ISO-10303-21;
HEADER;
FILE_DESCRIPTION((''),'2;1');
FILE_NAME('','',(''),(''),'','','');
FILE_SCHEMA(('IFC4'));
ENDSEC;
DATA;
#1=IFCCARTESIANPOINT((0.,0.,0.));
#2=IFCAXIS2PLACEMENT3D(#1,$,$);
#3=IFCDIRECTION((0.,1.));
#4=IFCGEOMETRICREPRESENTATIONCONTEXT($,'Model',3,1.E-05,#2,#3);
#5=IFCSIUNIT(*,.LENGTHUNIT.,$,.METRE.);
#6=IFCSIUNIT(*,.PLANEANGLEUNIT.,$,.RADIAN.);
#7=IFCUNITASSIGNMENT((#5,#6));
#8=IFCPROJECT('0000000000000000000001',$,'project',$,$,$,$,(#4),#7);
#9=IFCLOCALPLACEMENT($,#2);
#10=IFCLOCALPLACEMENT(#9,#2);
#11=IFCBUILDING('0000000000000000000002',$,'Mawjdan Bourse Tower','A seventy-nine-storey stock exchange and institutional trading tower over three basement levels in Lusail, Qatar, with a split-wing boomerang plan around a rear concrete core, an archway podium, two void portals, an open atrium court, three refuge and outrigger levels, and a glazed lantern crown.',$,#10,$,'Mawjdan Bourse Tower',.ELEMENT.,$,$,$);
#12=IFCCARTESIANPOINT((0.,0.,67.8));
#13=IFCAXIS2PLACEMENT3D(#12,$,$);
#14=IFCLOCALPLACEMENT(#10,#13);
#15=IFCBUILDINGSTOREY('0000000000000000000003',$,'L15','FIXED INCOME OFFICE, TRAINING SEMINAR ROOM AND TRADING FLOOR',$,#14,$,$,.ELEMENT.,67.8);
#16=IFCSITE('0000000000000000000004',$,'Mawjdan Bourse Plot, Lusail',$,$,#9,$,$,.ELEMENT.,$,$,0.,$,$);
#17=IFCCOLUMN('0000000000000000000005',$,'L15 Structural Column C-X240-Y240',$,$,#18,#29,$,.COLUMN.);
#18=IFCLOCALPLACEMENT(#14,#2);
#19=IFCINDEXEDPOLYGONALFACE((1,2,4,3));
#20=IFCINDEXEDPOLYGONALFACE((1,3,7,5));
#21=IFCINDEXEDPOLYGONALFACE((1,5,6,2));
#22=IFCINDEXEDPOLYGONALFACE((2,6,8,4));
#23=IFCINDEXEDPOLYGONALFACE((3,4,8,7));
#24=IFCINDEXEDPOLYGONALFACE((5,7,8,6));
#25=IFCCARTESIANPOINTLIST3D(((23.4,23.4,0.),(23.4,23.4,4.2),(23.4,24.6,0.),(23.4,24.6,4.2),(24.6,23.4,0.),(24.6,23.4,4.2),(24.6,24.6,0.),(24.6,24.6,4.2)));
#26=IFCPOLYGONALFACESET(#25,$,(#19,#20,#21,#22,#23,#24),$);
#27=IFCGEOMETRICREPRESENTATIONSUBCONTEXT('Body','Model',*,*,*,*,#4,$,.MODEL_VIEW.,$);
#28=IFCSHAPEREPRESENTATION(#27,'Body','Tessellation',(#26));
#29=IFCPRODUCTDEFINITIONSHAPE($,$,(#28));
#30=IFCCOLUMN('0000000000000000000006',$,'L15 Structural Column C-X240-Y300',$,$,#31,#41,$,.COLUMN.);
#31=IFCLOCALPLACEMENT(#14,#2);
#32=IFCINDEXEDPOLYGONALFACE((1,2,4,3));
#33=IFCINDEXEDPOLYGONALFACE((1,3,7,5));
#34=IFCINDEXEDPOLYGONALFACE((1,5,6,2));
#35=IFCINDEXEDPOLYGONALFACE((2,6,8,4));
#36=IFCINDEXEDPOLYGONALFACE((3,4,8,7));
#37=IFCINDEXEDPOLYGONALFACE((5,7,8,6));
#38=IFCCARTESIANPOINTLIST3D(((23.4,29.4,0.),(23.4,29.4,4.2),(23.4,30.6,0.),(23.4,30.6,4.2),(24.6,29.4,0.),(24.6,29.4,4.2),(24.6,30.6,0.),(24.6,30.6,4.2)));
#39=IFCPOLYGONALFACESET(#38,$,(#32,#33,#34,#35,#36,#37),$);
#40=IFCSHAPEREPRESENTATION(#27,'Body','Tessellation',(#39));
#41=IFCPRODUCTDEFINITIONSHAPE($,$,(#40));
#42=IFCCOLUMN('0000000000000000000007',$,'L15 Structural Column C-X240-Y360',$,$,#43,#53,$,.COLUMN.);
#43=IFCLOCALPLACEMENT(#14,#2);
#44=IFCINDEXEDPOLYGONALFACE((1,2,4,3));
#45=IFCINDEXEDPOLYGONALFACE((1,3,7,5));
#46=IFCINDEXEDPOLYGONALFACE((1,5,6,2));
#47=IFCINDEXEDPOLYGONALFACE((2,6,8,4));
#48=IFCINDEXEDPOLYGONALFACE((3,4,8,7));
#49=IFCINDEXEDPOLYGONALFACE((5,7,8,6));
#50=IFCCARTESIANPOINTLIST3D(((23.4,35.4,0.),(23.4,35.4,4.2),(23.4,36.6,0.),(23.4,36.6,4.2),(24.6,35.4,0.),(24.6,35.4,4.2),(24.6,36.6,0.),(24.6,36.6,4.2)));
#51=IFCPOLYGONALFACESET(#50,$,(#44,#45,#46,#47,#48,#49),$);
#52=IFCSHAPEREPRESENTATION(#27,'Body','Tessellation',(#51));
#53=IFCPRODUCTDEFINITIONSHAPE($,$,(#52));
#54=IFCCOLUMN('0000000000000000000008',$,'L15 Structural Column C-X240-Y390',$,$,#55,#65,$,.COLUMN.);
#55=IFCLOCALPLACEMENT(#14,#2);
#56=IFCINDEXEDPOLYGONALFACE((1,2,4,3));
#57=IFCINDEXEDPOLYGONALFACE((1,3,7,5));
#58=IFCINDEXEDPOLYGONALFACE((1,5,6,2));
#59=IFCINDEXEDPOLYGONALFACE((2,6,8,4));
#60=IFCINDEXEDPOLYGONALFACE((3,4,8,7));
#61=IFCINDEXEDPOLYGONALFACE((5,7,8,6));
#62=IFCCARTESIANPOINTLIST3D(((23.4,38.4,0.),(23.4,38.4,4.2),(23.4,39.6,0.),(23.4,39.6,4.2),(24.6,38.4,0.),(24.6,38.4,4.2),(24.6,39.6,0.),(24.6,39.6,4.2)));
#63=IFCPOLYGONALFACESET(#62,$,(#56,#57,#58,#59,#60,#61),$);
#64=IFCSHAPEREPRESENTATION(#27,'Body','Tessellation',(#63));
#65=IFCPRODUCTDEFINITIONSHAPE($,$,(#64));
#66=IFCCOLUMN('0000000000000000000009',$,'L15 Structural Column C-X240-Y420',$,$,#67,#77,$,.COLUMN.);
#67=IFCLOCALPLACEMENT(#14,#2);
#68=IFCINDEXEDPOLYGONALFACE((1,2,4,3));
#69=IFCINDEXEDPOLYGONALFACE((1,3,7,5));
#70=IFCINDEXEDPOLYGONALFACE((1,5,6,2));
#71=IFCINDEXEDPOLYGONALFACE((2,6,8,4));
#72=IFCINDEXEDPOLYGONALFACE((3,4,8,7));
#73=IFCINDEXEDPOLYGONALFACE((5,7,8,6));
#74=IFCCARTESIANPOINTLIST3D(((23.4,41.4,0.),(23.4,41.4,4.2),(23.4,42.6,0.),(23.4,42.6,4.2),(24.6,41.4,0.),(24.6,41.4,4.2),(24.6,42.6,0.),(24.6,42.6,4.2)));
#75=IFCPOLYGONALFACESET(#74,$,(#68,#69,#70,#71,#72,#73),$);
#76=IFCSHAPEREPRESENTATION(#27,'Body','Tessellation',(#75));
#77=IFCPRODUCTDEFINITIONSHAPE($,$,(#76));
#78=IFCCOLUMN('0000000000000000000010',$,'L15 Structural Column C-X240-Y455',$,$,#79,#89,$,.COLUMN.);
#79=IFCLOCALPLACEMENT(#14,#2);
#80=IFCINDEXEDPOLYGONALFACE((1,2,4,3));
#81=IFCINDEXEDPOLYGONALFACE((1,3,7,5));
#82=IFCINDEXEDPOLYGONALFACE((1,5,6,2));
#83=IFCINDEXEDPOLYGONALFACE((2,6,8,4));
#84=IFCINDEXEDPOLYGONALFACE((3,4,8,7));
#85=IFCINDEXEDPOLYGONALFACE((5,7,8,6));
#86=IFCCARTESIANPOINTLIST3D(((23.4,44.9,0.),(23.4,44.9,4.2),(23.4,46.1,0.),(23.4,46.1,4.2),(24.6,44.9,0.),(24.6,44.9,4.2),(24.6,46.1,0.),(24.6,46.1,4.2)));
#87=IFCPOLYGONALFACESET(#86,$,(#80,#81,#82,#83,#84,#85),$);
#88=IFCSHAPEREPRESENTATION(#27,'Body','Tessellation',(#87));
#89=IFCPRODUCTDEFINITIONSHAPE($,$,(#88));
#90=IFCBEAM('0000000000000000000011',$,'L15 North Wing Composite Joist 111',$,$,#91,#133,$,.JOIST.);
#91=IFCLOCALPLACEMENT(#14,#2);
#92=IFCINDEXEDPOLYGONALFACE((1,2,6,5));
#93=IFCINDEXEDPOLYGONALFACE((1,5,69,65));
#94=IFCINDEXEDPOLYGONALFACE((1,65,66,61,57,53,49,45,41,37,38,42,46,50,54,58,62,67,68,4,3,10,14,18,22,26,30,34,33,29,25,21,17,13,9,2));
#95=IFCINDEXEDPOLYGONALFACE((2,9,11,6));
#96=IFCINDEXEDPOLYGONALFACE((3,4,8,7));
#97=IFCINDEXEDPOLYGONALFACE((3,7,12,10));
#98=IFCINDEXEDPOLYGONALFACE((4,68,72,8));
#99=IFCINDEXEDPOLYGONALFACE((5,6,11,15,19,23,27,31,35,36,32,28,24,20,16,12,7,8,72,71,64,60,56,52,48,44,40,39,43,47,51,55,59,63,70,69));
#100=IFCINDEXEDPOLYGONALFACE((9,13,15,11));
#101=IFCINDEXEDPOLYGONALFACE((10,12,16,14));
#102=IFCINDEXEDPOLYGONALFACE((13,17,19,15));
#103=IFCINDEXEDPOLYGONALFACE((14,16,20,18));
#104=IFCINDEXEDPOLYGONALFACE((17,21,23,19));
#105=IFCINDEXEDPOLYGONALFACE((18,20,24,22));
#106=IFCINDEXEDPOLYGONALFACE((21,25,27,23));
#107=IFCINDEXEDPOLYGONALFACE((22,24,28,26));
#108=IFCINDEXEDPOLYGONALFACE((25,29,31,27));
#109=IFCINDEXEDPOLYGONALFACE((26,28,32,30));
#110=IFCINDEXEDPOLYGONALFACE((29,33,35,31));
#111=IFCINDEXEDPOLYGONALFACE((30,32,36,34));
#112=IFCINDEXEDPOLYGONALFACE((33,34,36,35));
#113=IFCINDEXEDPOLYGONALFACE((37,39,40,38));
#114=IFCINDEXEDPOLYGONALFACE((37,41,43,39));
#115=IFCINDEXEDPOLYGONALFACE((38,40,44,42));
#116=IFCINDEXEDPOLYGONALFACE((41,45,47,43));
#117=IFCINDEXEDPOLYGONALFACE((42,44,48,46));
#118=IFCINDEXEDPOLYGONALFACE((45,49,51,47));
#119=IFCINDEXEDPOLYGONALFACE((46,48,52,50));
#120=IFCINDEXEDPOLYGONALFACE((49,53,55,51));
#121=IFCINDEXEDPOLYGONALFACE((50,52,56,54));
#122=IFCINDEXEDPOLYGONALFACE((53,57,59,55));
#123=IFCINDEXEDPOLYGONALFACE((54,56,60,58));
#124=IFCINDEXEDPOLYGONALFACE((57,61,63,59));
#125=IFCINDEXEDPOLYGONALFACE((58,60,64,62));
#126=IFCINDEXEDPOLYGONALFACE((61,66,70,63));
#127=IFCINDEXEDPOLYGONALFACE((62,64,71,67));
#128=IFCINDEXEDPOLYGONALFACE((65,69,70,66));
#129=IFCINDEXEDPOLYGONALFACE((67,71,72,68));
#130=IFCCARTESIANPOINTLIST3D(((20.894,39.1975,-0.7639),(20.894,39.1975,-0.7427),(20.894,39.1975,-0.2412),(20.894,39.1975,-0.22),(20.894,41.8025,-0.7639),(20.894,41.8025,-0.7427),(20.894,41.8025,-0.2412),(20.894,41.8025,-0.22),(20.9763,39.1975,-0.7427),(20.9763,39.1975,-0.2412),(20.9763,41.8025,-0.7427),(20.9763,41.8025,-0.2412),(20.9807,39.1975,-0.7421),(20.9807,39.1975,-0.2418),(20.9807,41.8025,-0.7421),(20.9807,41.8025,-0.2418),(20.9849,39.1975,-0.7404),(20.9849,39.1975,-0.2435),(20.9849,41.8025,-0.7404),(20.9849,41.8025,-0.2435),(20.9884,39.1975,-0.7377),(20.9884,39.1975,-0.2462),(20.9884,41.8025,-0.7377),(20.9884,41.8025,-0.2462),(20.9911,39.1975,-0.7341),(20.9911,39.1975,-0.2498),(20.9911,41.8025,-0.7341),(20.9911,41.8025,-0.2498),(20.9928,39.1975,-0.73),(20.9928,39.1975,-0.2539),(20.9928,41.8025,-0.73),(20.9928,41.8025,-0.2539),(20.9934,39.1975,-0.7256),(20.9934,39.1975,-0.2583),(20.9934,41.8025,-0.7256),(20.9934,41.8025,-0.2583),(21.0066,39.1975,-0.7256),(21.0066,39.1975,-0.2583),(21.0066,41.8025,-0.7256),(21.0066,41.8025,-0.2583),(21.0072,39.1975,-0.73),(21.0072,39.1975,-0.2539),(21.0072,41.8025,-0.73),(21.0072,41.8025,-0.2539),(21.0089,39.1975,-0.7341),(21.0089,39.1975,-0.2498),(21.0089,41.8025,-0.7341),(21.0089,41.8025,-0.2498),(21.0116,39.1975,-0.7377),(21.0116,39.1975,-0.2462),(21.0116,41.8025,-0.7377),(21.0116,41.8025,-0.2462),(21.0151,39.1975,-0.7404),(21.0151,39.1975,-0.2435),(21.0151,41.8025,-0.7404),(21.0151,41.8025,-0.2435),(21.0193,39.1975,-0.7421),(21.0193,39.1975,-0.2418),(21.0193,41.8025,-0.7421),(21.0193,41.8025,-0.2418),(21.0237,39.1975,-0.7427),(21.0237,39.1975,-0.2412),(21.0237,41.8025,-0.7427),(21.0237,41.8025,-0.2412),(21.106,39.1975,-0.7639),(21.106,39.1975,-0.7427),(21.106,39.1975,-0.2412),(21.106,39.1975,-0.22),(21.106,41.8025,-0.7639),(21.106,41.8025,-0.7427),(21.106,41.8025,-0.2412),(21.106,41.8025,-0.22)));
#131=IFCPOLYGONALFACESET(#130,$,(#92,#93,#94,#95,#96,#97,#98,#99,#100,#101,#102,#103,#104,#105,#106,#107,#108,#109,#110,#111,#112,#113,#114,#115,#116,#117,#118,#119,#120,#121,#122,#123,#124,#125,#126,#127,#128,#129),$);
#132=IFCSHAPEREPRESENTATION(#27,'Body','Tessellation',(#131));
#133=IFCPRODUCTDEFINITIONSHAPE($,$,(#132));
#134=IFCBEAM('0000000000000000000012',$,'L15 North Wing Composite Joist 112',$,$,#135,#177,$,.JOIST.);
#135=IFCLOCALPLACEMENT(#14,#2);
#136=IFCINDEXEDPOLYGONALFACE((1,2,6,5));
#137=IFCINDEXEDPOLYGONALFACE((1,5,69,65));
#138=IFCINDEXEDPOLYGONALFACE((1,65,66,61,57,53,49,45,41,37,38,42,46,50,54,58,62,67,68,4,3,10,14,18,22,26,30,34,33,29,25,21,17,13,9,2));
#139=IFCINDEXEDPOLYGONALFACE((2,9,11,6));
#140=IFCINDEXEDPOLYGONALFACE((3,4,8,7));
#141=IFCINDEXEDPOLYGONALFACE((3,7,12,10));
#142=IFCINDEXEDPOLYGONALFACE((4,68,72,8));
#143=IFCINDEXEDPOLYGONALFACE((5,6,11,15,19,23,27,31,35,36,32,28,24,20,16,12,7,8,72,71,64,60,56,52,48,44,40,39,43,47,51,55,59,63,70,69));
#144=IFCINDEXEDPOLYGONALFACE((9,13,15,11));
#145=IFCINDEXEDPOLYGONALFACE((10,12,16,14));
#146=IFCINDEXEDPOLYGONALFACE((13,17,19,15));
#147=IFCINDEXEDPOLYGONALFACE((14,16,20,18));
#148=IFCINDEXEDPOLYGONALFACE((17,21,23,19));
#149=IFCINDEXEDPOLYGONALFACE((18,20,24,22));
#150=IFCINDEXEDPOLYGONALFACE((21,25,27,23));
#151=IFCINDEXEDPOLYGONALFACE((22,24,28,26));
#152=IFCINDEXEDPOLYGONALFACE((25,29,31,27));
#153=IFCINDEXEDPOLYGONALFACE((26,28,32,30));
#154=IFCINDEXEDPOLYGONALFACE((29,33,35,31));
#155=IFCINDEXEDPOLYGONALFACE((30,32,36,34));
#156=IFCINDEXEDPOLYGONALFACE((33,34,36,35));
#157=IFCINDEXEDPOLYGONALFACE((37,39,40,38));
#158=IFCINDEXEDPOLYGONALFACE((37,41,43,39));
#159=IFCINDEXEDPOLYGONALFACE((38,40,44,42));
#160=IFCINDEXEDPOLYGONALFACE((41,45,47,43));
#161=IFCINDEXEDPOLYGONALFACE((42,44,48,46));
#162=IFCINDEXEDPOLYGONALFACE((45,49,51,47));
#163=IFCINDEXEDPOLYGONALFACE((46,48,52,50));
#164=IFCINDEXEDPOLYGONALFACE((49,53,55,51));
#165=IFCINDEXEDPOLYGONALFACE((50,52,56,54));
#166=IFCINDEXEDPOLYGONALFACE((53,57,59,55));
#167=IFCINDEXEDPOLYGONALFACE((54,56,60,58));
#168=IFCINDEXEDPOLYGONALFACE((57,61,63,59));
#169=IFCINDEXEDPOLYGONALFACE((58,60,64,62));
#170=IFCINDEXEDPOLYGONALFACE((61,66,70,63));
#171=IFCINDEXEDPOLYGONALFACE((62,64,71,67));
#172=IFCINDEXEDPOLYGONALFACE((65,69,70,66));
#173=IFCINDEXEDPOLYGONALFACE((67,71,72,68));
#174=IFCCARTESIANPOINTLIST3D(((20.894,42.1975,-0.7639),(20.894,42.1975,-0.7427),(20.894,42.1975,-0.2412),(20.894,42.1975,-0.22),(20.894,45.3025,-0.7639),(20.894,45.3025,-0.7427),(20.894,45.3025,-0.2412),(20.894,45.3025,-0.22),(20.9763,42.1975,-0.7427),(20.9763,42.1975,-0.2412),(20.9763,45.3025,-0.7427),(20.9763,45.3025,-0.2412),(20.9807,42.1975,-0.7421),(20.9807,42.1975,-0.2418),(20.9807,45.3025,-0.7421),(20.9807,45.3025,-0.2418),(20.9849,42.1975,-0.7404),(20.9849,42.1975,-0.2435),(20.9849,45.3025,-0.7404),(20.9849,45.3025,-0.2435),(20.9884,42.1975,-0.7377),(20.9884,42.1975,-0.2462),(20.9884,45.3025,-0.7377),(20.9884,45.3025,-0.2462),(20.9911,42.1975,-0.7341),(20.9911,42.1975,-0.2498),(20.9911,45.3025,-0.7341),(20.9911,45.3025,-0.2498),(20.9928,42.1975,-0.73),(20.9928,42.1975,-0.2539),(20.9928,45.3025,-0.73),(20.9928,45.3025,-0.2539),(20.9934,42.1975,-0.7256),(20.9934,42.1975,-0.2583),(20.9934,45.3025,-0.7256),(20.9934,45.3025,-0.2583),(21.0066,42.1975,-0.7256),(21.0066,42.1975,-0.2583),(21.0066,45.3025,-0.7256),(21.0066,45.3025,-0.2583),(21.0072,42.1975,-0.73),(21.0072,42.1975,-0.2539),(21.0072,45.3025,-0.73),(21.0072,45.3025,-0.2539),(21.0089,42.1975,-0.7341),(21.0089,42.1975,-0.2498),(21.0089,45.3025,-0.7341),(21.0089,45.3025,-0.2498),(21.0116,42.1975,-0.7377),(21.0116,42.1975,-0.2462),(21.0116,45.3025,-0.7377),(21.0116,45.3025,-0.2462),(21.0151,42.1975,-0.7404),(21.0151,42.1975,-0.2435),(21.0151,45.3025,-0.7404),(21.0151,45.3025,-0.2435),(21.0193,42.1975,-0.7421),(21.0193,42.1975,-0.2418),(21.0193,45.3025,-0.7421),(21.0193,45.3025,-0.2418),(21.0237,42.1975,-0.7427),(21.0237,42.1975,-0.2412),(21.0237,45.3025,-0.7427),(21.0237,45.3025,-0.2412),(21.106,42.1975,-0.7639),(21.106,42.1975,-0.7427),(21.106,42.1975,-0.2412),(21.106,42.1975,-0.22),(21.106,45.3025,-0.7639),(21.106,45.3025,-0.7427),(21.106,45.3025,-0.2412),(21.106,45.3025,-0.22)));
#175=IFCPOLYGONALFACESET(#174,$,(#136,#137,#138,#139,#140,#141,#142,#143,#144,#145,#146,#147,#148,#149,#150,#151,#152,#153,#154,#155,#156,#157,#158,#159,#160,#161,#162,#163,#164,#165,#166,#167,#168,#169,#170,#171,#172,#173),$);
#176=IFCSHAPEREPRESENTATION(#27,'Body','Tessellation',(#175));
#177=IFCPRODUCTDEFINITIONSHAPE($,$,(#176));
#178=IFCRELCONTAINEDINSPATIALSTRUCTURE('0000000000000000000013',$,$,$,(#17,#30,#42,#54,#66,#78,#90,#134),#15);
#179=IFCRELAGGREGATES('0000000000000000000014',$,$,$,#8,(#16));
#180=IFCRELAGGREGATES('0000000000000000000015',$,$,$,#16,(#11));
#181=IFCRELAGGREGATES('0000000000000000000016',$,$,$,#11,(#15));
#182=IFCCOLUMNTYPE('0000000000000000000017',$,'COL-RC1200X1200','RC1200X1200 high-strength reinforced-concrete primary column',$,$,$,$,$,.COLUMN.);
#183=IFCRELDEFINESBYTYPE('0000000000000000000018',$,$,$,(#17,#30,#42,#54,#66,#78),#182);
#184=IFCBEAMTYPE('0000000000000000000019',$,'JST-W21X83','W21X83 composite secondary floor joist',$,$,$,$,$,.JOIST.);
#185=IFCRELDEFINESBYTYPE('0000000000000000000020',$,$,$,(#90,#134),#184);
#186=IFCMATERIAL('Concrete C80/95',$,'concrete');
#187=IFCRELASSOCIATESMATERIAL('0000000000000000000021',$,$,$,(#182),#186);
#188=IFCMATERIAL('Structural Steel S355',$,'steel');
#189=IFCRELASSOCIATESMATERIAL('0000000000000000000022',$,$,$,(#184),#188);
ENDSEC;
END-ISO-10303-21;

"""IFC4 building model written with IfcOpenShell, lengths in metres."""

from ifc_helpers import new_model, si_unit, direction, frame, origin, origin_2d, place, context, subcontext, project, spatial, rectangle, i_section, extrude, material, material_profile, profile_set, type_object, element, save


model = new_model("IFC4")

# Units and contexts
model_context = context("Model", 3, precision=1e-05, world=origin(), true_north=direction((0.0, 1.0)))
body_context = subcontext(model_context, "Body", "Model", "MODEL_VIEW")
ifc_project = project(units=[si_unit("LENGTHUNIT", "METRE"), si_unit("PLANEANGLEUNIT", "RADIAN")], contexts=[model_context])

# Site, building, storey
site_placement = place(None, origin())
site = spatial("IfcSite", under=ifc_project, at=site_placement, Name="Mawjdan Bourse Plot, Lusail", CompositionType="ELEMENT", RefElevation=0.0)
building_placement = place(site_placement, origin())
building = spatial("IfcBuilding", under=site, at=building_placement, Name="Mawjdan Bourse Tower", Description="A seventy-nine-storey stock exchange and institutional trading tower over three basement levels in Lusail, Qatar, with a split-wing boomerang plan around a rear concrete core, an archway podium, two void portals, an open atrium court, three refuge and outrigger levels, and a glazed lantern crown.", LongName="Mawjdan Bourse Tower", CompositionType="ELEMENT")
storey_placement = place(building_placement, frame((0.0, 0.0, 67.8)))
storey = spatial("IfcBuildingStorey", under=building, at=storey_placement, Name="L15", Description="FIXED INCOME OFFICE, TRAINING SEMINAR ROOM AND TRADING FLOOR", CompositionType="ELEMENT", Elevation=67.8)

# Columns
ifc_material_1 = material(Name="Concrete C80/95", Category="concrete")
ifc_material_profile_1 = material_profile(ifc_material_1, rectangle(XDim=1.2, YDim=1.2, at=origin_2d()), Name="RC1200X1200")
ifc_profile_set_1 = profile_set([ifc_material_profile_1], Name="Concrete C80/95")
column_type = type_object("IfcColumnType", Name="COL-RC1200X1200", Description="RC1200X1200 high-strength reinforced-concrete primary column", PredefinedType="COLUMN", material=ifc_profile_set_1)
for number, where, z_axis, x_axis, name in (
    (1, (24.0, 24.0, 0.0), (0.0, 0.0, 1.0), (1.0, 0.0, 0.0), "L15 Structural Column C-X240-Y240"),
    (2, (24.0, 30.0, 0.0), (0.0, 0.0, 1.0), (1.0, 0.0, 0.0), "L15 Structural Column C-X240-Y300"),
    (3, (24.0, 36.0, 0.0), (0.0, 0.0, 1.0), (1.0, 0.0, 0.0), "L15 Structural Column C-X240-Y360"),
    (4, (24.0, 39.0, 0.0), (0.0, 0.0, 1.0), (1.0, 0.0, 0.0), "L15 Structural Column C-X240-Y390"),
    (5, (24.0, 42.0, 0.0), (0.0, 0.0, 1.0), (1.0, 0.0, 0.0), "L15 Structural Column C-X240-Y420"),
    (6, (24.0, 45.5, 0.0), (0.0, 0.0, 1.0), (1.0, 0.0, 0.0), "L15 Structural Column C-X240-Y455"),
):
    element("IfcColumn", number, at=place(storey_placement, frame(where, z_axis=z_axis, x_axis=x_axis)), inside=storey, type_object=column_type, Name=name, PredefinedType="COLUMN", context=body_context, shape_type="SweptSolid", body=[
        extrude(rectangle(XDim=1.2, YDim=1.2, at=origin_2d()), origin(), (0.0, 0.0, 1.0), 4.2),
    ])

# Beams
ifc_material_2 = material(Name="Structural Steel S355", Category="steel")
ifc_material_profile_2 = material_profile(ifc_material_2, i_section(OverallWidth=0.2119, OverallDepth=0.5439, WebThickness=0.0132, FlangeThickness=0.0212, FilletRadius=0.0171, at=origin_2d()), Name="W21X83")
ifc_profile_set_2 = profile_set([ifc_material_profile_2], Name="Structural Steel S355")
beam_type_1 = type_object("IfcBeamType", Name="JST-W21X83", Description="W21X83 composite secondary floor joist", PredefinedType="JOIST", material=ifc_profile_set_2)
beam_1_placement = place(storey_placement, frame((21.0, 39.1975, -0.4919), z_axis=(0.0, 1.0, 0.0), x_axis=(-1.0, 0.0, 0.0)))
element("IfcBeam", 7, at=beam_1_placement, inside=storey, type_object=beam_type_1, Name="L15 North Wing Composite Joist 111", PredefinedType="JOIST", context=body_context, shape_type="SweptSolid", body=[
    extrude(i_section(OverallWidth=0.2119, OverallDepth=0.5439, WebThickness=0.0132, FlangeThickness=0.0212, FilletRadius=0.0171, at=origin_2d()), origin(), (0.0, 0.0, 1.0), 2.605),
])
beam_2_placement = place(storey_placement, frame((21.0, 42.1975, -0.4919), z_axis=(0.0, 1.0, 0.0), x_axis=(-1.0, 0.0, 0.0)))
element("IfcBeam", 8, at=beam_2_placement, inside=storey, type_object=beam_type_1, Name="L15 North Wing Composite Joist 112", PredefinedType="JOIST", context=body_context, shape_type="SweptSolid", body=[
    extrude(i_section(OverallWidth=0.2119, OverallDepth=0.5439, WebThickness=0.0132, FlangeThickness=0.0212, FilletRadius=0.0171, at=origin_2d()), origin(), (0.0, 0.0, 1.0), 3.105),
])

save(model, "model.ifc")
